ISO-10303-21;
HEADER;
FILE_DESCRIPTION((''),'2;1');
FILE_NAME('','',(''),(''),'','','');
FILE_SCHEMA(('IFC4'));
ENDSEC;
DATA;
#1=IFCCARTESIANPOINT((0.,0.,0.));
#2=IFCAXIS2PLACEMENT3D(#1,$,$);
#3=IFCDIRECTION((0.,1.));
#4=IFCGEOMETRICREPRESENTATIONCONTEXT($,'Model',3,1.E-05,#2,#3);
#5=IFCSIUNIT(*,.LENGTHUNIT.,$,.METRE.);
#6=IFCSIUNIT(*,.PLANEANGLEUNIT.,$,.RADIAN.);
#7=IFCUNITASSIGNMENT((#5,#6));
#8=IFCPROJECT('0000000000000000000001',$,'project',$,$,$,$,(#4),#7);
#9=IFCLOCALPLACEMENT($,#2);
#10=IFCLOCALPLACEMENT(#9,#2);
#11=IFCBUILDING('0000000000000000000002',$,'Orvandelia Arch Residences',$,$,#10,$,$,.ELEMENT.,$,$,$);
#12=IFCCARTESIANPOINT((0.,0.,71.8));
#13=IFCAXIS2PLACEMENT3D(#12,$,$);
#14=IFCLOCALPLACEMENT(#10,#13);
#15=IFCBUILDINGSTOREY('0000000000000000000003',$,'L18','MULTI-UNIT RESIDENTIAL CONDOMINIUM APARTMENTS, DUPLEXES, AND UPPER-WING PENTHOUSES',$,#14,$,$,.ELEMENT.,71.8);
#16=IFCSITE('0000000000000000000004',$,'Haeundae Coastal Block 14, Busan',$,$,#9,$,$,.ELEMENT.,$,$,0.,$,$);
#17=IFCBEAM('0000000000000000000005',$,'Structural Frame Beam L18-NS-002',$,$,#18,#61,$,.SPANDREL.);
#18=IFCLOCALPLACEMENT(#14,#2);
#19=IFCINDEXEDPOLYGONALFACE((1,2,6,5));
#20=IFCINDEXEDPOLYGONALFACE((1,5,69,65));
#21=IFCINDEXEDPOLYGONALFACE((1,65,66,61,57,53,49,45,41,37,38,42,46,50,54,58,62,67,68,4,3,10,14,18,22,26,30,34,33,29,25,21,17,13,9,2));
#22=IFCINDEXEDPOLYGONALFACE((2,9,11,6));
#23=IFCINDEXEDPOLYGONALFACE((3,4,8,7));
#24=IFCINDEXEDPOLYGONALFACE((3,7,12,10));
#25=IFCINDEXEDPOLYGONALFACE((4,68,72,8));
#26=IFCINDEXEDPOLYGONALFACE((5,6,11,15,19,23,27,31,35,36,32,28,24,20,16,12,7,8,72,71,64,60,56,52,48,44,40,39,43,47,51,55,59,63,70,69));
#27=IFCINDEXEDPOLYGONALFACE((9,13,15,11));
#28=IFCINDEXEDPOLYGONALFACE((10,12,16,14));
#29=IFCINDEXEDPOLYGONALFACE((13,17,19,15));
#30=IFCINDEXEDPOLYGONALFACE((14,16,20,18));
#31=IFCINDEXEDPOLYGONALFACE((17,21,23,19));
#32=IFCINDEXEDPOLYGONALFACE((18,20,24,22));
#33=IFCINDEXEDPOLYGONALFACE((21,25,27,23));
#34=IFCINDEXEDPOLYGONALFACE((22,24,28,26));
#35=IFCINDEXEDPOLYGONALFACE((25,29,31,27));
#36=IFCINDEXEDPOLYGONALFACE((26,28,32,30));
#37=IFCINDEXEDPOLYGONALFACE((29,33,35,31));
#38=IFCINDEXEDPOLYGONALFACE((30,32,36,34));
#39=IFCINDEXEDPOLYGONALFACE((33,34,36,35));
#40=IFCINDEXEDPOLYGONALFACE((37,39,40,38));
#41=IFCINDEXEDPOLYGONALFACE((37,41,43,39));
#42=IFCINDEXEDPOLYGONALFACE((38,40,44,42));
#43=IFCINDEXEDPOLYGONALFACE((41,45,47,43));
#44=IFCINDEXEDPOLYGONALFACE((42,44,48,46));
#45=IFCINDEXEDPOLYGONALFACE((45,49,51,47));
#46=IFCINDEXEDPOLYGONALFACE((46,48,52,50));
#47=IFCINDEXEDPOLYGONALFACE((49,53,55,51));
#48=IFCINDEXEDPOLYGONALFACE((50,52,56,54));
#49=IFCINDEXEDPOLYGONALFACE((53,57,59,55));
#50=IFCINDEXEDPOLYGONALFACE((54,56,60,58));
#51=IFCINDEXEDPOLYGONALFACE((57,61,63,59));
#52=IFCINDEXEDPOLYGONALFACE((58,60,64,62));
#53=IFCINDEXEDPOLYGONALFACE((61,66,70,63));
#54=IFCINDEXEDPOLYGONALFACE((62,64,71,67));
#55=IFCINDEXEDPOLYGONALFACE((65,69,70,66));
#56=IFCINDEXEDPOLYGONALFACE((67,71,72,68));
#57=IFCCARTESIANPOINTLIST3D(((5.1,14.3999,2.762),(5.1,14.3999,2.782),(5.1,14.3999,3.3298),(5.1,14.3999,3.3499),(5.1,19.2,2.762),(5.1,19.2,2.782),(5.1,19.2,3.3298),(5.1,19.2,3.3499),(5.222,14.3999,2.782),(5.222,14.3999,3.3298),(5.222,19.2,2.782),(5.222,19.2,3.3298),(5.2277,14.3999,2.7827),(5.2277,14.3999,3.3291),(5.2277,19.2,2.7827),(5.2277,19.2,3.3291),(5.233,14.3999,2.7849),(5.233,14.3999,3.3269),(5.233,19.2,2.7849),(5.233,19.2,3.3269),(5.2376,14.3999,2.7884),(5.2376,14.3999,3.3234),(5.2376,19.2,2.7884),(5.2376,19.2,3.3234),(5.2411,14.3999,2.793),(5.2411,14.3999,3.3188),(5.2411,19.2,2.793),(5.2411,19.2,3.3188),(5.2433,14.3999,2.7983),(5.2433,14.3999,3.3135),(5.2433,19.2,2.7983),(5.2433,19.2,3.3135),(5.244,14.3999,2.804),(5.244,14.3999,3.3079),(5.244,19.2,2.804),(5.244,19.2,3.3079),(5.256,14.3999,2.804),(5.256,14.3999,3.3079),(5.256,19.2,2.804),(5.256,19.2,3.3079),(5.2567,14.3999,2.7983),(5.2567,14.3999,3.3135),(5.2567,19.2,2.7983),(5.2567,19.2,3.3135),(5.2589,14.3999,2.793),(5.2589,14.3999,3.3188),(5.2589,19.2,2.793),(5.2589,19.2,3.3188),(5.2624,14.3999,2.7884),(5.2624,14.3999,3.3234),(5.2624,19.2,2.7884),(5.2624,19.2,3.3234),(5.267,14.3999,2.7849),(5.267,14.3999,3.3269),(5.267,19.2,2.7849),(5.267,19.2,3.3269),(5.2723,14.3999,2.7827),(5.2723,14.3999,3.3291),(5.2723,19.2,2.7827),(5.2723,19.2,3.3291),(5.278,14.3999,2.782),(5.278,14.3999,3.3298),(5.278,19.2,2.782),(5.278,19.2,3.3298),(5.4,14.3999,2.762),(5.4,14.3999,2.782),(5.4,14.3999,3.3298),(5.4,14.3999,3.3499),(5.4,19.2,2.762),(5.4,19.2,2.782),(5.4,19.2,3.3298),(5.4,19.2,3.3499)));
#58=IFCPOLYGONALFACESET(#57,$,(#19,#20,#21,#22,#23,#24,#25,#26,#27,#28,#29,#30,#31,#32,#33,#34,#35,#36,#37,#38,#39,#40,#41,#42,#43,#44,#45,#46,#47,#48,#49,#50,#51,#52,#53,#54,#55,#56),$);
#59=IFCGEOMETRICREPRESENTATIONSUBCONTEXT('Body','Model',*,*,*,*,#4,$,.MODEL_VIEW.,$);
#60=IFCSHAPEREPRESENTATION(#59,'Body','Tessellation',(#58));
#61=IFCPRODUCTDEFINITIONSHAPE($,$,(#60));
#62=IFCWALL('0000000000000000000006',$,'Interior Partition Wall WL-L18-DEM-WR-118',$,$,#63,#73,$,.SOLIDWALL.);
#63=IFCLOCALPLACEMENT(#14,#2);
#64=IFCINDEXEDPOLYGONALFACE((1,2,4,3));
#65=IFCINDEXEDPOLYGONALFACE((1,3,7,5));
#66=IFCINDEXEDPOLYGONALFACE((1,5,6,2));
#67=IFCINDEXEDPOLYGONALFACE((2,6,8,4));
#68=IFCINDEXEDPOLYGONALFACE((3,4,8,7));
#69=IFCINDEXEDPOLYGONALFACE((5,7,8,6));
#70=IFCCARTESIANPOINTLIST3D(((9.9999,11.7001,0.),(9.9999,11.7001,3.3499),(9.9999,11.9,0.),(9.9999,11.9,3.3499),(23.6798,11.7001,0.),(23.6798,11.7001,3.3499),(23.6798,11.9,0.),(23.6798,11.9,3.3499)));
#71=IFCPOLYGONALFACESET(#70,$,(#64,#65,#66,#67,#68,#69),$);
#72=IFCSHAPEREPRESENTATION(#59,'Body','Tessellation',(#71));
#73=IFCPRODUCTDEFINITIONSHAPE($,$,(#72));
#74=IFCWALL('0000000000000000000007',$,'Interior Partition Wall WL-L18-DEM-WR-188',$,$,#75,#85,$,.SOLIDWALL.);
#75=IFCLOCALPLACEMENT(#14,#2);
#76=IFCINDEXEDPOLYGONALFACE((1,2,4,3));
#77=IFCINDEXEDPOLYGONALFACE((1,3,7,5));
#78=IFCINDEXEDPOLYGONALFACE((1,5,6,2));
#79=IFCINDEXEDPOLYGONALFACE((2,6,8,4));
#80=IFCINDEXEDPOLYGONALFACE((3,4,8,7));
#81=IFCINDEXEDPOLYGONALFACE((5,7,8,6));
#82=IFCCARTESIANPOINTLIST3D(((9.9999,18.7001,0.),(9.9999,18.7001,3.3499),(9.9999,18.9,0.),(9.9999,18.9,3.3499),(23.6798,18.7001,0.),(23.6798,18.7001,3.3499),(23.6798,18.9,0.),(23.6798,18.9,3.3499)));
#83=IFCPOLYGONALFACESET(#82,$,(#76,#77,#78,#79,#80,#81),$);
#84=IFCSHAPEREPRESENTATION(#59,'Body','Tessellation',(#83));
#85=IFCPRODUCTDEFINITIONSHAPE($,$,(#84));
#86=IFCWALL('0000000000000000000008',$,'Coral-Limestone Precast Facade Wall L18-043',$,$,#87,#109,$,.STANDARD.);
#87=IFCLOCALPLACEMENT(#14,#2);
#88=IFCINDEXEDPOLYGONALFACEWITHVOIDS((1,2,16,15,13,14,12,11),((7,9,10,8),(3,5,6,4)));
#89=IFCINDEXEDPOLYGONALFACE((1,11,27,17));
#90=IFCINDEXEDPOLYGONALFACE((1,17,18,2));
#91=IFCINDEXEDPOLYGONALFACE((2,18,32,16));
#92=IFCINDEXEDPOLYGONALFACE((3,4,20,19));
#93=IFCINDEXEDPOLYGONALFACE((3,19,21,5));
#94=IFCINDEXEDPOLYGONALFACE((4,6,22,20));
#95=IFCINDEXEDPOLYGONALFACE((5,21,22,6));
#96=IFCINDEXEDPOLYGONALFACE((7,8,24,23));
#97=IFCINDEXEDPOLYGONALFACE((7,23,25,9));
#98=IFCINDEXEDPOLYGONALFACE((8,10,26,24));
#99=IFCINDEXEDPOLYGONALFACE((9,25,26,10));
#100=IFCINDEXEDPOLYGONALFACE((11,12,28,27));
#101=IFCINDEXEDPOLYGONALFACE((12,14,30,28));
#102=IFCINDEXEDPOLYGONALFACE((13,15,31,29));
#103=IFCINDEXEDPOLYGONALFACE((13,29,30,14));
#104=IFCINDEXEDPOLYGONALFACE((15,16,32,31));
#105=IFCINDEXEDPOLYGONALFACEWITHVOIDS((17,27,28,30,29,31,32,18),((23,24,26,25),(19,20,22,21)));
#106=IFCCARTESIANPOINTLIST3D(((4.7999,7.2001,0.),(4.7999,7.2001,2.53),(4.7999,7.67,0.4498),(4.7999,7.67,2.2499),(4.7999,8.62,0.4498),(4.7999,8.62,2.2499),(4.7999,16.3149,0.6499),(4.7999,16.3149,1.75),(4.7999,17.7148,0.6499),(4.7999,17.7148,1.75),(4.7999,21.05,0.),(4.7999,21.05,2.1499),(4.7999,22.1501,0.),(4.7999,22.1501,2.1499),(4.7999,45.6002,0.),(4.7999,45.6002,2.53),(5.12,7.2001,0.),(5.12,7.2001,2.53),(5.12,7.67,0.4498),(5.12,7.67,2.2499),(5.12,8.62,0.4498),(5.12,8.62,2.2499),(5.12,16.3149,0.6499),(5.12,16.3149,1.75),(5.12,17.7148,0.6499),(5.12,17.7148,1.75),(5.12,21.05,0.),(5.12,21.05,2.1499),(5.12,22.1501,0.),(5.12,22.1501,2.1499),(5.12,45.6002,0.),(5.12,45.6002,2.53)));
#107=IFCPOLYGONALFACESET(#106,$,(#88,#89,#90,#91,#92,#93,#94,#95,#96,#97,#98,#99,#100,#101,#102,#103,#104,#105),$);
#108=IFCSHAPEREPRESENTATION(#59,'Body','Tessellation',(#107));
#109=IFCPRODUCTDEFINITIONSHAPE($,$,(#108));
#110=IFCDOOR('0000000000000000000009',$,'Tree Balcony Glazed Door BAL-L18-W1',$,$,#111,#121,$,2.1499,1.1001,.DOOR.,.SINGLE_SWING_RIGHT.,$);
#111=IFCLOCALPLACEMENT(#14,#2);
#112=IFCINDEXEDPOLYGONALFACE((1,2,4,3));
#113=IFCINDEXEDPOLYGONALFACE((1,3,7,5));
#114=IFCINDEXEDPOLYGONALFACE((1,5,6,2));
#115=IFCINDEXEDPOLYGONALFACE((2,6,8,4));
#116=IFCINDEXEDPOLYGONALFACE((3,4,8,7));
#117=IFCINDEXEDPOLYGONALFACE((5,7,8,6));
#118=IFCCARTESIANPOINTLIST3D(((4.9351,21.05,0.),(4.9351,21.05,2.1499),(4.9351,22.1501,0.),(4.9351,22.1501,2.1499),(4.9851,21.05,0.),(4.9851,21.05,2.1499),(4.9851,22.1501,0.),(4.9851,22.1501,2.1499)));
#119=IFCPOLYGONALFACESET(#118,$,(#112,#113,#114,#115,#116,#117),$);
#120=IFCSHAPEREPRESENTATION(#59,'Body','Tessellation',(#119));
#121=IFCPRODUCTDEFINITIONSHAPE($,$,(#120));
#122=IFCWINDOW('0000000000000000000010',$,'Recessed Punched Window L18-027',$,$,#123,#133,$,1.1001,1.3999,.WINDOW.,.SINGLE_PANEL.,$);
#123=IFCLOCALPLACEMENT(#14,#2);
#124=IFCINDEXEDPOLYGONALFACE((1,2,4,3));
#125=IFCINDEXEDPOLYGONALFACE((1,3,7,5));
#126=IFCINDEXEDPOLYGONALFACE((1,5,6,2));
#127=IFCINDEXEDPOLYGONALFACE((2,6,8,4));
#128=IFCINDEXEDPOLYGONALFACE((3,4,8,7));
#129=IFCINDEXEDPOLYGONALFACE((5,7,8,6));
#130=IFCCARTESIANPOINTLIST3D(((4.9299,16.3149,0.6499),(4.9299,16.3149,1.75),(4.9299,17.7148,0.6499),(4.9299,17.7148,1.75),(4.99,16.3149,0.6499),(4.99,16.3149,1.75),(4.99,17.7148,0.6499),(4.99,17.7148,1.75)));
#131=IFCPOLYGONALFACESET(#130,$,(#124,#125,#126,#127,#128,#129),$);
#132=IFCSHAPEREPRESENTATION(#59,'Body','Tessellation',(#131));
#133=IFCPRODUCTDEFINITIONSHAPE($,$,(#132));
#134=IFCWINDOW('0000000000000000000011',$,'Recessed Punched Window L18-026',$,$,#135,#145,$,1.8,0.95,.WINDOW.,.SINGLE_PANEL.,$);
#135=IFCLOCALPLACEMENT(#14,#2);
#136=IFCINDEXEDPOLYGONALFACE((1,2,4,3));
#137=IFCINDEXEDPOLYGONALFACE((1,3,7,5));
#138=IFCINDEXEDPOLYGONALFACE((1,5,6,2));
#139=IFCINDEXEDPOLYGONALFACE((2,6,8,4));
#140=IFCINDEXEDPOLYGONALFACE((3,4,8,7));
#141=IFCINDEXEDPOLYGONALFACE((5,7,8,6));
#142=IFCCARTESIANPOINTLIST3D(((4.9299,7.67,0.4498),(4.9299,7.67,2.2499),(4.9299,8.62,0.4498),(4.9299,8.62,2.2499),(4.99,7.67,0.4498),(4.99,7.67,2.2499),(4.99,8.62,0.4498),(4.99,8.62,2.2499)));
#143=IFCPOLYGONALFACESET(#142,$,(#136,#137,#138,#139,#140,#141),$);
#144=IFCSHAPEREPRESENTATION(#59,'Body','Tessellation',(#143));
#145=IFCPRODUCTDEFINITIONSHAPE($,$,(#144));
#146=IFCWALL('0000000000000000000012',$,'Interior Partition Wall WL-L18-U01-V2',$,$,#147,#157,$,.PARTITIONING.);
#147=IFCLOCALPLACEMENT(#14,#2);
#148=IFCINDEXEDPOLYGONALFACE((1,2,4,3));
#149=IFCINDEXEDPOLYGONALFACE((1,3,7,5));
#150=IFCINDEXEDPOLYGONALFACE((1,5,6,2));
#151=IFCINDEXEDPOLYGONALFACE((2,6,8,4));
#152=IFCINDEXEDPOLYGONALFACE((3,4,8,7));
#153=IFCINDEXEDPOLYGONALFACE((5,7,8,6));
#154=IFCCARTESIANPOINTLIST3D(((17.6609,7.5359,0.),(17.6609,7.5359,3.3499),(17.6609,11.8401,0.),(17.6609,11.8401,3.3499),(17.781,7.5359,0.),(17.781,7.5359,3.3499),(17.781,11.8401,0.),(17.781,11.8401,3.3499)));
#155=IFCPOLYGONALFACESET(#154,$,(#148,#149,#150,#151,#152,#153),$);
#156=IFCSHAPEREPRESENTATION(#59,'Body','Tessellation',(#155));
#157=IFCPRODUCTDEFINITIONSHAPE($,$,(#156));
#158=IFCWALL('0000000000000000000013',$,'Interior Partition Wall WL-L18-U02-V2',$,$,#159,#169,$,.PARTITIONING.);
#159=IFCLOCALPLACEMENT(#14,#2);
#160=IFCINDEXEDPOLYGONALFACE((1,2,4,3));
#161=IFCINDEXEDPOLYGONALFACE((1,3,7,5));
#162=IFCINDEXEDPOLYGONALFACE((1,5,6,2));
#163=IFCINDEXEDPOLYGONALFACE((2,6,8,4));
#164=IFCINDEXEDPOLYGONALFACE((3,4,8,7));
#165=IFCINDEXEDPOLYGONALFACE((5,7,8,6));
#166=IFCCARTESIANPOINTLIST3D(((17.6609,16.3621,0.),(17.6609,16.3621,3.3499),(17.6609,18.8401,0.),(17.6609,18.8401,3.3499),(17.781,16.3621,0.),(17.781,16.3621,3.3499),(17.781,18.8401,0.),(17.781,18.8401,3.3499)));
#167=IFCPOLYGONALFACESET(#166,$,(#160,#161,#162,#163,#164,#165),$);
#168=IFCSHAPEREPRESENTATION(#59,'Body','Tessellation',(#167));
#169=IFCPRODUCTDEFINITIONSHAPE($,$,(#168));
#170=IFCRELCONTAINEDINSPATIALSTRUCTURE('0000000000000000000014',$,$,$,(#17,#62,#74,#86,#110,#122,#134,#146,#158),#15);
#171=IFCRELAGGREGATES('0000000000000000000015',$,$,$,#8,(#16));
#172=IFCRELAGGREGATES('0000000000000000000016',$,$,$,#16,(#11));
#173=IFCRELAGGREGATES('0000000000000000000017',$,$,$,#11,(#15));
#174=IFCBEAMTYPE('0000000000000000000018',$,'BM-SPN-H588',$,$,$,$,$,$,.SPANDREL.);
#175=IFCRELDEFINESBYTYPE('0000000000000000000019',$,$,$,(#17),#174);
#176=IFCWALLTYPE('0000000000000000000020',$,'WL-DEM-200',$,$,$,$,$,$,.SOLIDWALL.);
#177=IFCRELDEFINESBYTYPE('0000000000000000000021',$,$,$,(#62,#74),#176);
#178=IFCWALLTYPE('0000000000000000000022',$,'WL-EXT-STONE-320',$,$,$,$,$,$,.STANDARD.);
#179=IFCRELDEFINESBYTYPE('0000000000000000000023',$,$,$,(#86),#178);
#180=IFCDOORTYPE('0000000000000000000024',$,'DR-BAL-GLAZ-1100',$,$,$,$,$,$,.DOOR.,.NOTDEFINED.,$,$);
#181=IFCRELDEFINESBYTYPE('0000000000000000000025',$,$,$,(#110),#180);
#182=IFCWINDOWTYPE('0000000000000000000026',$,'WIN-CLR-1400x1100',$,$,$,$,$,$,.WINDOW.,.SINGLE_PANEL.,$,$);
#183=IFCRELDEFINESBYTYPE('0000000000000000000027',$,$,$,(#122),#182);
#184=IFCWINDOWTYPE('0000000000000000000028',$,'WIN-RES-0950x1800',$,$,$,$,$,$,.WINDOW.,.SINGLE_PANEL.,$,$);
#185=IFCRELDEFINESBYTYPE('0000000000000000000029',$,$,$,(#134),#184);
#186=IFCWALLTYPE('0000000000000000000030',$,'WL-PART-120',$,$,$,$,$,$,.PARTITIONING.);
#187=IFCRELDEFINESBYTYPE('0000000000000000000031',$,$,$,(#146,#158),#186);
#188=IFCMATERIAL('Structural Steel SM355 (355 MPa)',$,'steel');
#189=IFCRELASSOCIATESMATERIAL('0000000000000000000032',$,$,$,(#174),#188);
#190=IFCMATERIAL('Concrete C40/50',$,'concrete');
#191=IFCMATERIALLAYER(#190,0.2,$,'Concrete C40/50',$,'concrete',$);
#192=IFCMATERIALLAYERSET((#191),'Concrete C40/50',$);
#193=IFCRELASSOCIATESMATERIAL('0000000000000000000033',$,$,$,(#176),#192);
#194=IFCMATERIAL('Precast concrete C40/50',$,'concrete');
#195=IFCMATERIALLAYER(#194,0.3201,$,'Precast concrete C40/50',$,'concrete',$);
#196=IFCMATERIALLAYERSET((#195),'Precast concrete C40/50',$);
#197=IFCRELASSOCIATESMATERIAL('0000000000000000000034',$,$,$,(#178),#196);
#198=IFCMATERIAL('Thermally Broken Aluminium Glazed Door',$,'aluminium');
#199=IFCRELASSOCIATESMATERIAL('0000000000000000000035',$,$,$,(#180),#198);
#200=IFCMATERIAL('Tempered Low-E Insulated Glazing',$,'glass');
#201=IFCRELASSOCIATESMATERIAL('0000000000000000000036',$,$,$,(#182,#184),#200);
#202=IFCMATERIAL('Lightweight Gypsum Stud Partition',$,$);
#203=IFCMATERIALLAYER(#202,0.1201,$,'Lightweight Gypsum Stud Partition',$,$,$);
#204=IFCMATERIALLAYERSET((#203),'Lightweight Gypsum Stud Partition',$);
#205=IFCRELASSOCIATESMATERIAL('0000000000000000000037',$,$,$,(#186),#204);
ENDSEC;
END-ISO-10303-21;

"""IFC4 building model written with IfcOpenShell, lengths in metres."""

from ifc_helpers import new_model, si_unit, direction, frame, frame_2d, origin, origin_2d, place, context, subcontext, project, spatial, rectangle, i_section, extrude, material, layer, layer_set, material_profile, profile_set, type_object, element, fill, save


model = new_model("IFC4")

# Units and contexts
model_context = context("Model", 3, precision=1e-05, world=origin(), true_north=direction((0.0, 1.0)))
body_context = subcontext(model_context, "Body", "Model", "MODEL_VIEW")
ifc_project = project(units=[si_unit("LENGTHUNIT", "METRE"), si_unit("PLANEANGLEUNIT", "RADIAN")], contexts=[model_context])

# Site, building, storey
site_placement = place(None, origin())
site = spatial("IfcSite", under=ifc_project, at=site_placement, Name="Haeundae Coastal Block 14, Busan", CompositionType="ELEMENT", RefElevation=0.0)
building_placement = place(site_placement, origin())
building = spatial("IfcBuilding", under=site, at=building_placement, Name="Orvandelia Arch Residences", CompositionType="ELEMENT")
storey_placement = place(building_placement, frame((0.0, 0.0, 71.8)))
storey = spatial("IfcBuildingStorey", under=building, at=storey_placement, Name="L18", Description="MULTI-UNIT RESIDENTIAL CONDOMINIUM APARTMENTS, DUPLEXES, AND UPPER-WING PENTHOUSES", CompositionType="ELEMENT", Elevation=71.8)

# Beam
ifc_material_1 = material(Name="Structural Steel SM355 (355 MPa)", Category="steel")
ifc_material_profile_1 = material_profile(ifc_material_1, i_section(OverallWidth=0.3, OverallDepth=0.5879, WebThickness=0.012, FlangeThickness=0.02, FilletRadius=0.022, at=origin_2d()), Name="Structural Steel SM355 (355 MPa)", Category="steel")
ifc_profile_set_1 = profile_set([ifc_material_profile_1], Name="Structural Steel SM355 (355 MPa)")
beam_type_1 = type_object("IfcBeamType", Name="BM-SPN-H588", PredefinedType="SPANDREL", material=ifc_profile_set_1)
beam_1_placement = place(storey_placement, frame((5.25, 14.3999, 3.0559), z_axis=(0.0, 1.0, 0.0), x_axis=(-1.0, 0.0, 0.0)))
element("IfcBeam", 1, at=beam_1_placement, inside=storey, type_object=beam_type_1, Name="Structural Frame Beam L18-NS-002", PredefinedType="SPANDREL", context=body_context, shape_type="SweptSolid", body=[
    extrude(i_section(OverallWidth=0.3, OverallDepth=0.5879, WebThickness=0.012, FlangeThickness=0.02, FilletRadius=0.022, at=origin_2d()), origin(), (0.0, 0.0, 1.0), 4.8),
])

# Walls
ifc_material_2 = material(Name="Concrete C40/50", Category="concrete")
ifc_layer_1 = layer(ifc_material_2, 0.2, Name="Concrete C40/50", Category="concrete")
ifc_layer_set_1 = layer_set([ifc_layer_1], Name="Concrete C40/50")
wall_type_1 = type_object("IfcWallType", Name="WL-DEM-200", PredefinedType="SOLIDWALL", material=ifc_layer_set_1)
for number, where, z_axis, x_axis, name in (
    (2, (10.0, 11.8, 0.0), (0.0, 0.0, 1.0), (1.0, 0.0, 0.0), "Interior Partition Wall WL-L18-DEM-WR-118"),
    (3, (10.0, 18.8, 0.0), (0.0, 0.0, 1.0), (1.0, 0.0, 0.0), "Interior Partition Wall WL-L18-DEM-WR-188"),
):
    element("IfcWall", number, at=place(storey_placement, frame(where, z_axis=z_axis, x_axis=x_axis)), inside=storey, type_object=wall_type_1, Name=name, PredefinedType="SOLIDWALL", context=body_context, shape_type="SweptSolid", body=[
        extrude(rectangle(XDim=13.6799, YDim=0.2, at=frame_2d((6.8398, 0.0))), origin(), (0.0, 0.0, 1.0), 3.3499),
    ])

# Wall, openings, door, windows
ifc_material_3 = material(Name="Precast concrete C40/50", Category="concrete")
ifc_layer_2 = layer(ifc_material_3, 0.3201, Name="Precast concrete C40/50", Category="concrete")
ifc_layer_set_2 = layer_set([ifc_layer_2], Name="Precast concrete C40/50")
wall_type_2 = type_object("IfcWallType", Name="WL-EXT-STONE-320", PredefinedType="STANDARD", material=ifc_layer_set_2)
wall_1_placement = place(storey_placement, frame((4.96, 7.2, 0.0), z_axis=(0.0, 0.0, 1.0), x_axis=(0.0, 1.0, 0.0)))
wall_1 = element("IfcWall", 4, at=wall_1_placement, inside=storey, type_object=wall_type_2, Name="Coral-Limestone Precast Facade Wall L18-043", PredefinedType="STANDARD", context=body_context, shape_type="SweptSolid", body=[
    extrude(rectangle(XDim=38.4001, YDim=0.3201, at=frame_2d((19.2002, 0.0))), origin(), (0.0, 0.0, 1.0), 2.53),
])
opening_1_placement = place(wall_1_placement, frame((13.8501, 0.0, 0.0)))
opening_1 = element("IfcOpeningElement", 5, at=opening_1_placement, cuts=wall_1, PredefinedType="OPENING", context=body_context, shape_type="SweptSolid", body=[
    extrude(rectangle(XDim=1.1001, YDim=2.1499, at=frame_2d((0.55, 1.075))), frame((0.0, 0.1699, 0.0), z_axis=(0.0, -1.0, 0.0), x_axis=(1.0, 0.0, 0.0)), (0.0, 0.0, 1.0), 0.3401),
])
opening_2_placement = place(wall_1_placement, frame((0.47, 0.0, 0.45)))
opening_2 = element("IfcOpeningElement", 6, at=opening_2_placement, cuts=wall_1, PredefinedType="OPENING", context=body_context, shape_type="SweptSolid", body=[
    extrude(rectangle(XDim=0.95, YDim=1.8, at=frame_2d((0.4751, 0.8999))), frame((0.0, 0.1699, 0.0), z_axis=(0.0, -1.0, 0.0), x_axis=(1.0, 0.0, 0.0)), (0.0, 0.0, 1.0), 0.3401),
])
opening_3_placement = place(wall_1_placement, frame((9.115, 0.0, 0.6499)))
opening_3 = element("IfcOpeningElement", 7, at=opening_3_placement, cuts=wall_1, PredefinedType="OPENING", context=body_context, shape_type="SweptSolid", body=[
    extrude(rectangle(XDim=1.3999, YDim=1.1001, at=frame_2d((0.7, 0.55))), frame((0.0, 0.1699, 0.0), z_axis=(0.0, -1.0, 0.0), x_axis=(1.0, 0.0, 0.0)), (0.0, 0.0, 1.0), 0.3401),
])
ifc_material_4 = material(Name="Thermally Broken Aluminium Glazed Door", Category="aluminium")
door_type_1 = type_object("IfcDoorType", Name="DR-BAL-GLAZ-1100", OperationType="NOTDEFINED", PredefinedType="DOOR", material=ifc_material_4)
door_1_placement = place(opening_1_placement, origin())
door_1 = element("IfcDoor", 8, at=door_1_placement, inside=storey, type_object=door_type_1, Name="Tree Balcony Glazed Door BAL-L18-W1", OperationType="SINGLE_SWING_RIGHT", OverallHeight=2.1499, OverallWidth=1.1001, PredefinedType="DOOR", context=body_context, shape_type="SweptSolid", body=[
    extrude(rectangle(XDim=1.1001, YDim=2.1499, at=frame_2d((0.55, 1.075))), frame((0.0, 0.0249, 0.0), z_axis=(0.0, -1.0, 0.0), x_axis=(1.0, 0.0, 0.0)), (0.0, 0.0, 1.0), 0.05),
])
fill(opening_1, door_1)
ifc_material_5 = material(Name="Tempered Low-E Insulated Glazing", Category="glass")
window_type_1 = type_object("IfcWindowType", Name="WIN-CLR-1400x1100", PartitioningType="SINGLE_PANEL", PredefinedType="WINDOW", material=ifc_material_5)
window_1_placement = place(opening_3_placement, origin())
window_1 = element("IfcWindow", 9, at=window_1_placement, inside=storey, type_object=window_type_1, Name="Recessed Punched Window L18-027", OverallHeight=1.1001, OverallWidth=1.3999, PartitioningType="SINGLE_PANEL", PredefinedType="WINDOW", context=body_context, shape_type="SweptSolid", body=[
    extrude(rectangle(XDim=1.3999, YDim=1.1001, at=frame_2d((0.7, 0.55))), frame((0.0, 0.03, 0.0), z_axis=(0.0, -1.0, 0.0), x_axis=(1.0, 0.0, 0.0)), (0.0, 0.0, 1.0), 0.0601),
])
fill(opening_3, window_1)
window_type_2 = type_object("IfcWindowType", Name="WIN-RES-0950x1800", PartitioningType="SINGLE_PANEL", PredefinedType="WINDOW", material=ifc_material_5)
window_2_placement = place(opening_2_placement, origin())
window_2 = element("IfcWindow", 10, at=window_2_placement, inside=storey, type_object=window_type_2, Name="Recessed Punched Window L18-026", OverallHeight=1.8, OverallWidth=0.95, PartitioningType="SINGLE_PANEL", PredefinedType="WINDOW", context=body_context, shape_type="SweptSolid", body=[
    extrude(rectangle(XDim=0.95, YDim=1.8, at=frame_2d((0.4751, 0.8999))), frame((0.0, 0.03, 0.0), z_axis=(0.0, -1.0, 0.0), x_axis=(1.0, 0.0, 0.0)), (0.0, 0.0, 1.0), 0.0601),
])
fill(opening_2, window_2)

# Walls
ifc_material_6 = material(Name="Lightweight Gypsum Stud Partition")
ifc_layer_3 = layer(ifc_material_6, 0.1201, Name="Lightweight Gypsum Stud Partition")
ifc_layer_set_3 = layer_set([ifc_layer_3], Name="Lightweight Gypsum Stud Partition")
wall_type_3 = type_object("IfcWallType", Name="WL-PART-120", PredefinedType="PARTITIONING", material=ifc_layer_set_3)
wall_2_placement = place(storey_placement, frame((17.7209, 7.5359, 0.0), z_axis=(0.0, 0.0, 1.0), x_axis=(0.0, 1.0, 0.0)))
element("IfcWall", 11, at=wall_2_placement, inside=storey, type_object=wall_type_3, Name="Interior Partition Wall WL-L18-U01-V2", PredefinedType="PARTITIONING", context=body_context, shape_type="SweptSolid", body=[
    extrude(rectangle(XDim=4.3042, YDim=0.1201, at=frame_2d((2.1521, 0.0))), origin(), (0.0, 0.0, 1.0), 3.3499),
])
wall_3_placement = place(storey_placement, frame((17.7209, 16.3621, 0.0), z_axis=(0.0, 0.0, 1.0), x_axis=(0.0, 1.0, 0.0)))
element("IfcWall", 12, at=wall_3_placement, inside=storey, type_object=wall_type_3, Name="Interior Partition Wall WL-L18-U02-V2", PredefinedType="PARTITIONING", context=body_context, shape_type="SweptSolid", body=[
    extrude(rectangle(XDim=2.478, YDim=0.1201, at=frame_2d((1.239, 0.0))), origin(), (0.0, 0.0, 1.0), 3.3499),
])

save(model, "model.ifc")
